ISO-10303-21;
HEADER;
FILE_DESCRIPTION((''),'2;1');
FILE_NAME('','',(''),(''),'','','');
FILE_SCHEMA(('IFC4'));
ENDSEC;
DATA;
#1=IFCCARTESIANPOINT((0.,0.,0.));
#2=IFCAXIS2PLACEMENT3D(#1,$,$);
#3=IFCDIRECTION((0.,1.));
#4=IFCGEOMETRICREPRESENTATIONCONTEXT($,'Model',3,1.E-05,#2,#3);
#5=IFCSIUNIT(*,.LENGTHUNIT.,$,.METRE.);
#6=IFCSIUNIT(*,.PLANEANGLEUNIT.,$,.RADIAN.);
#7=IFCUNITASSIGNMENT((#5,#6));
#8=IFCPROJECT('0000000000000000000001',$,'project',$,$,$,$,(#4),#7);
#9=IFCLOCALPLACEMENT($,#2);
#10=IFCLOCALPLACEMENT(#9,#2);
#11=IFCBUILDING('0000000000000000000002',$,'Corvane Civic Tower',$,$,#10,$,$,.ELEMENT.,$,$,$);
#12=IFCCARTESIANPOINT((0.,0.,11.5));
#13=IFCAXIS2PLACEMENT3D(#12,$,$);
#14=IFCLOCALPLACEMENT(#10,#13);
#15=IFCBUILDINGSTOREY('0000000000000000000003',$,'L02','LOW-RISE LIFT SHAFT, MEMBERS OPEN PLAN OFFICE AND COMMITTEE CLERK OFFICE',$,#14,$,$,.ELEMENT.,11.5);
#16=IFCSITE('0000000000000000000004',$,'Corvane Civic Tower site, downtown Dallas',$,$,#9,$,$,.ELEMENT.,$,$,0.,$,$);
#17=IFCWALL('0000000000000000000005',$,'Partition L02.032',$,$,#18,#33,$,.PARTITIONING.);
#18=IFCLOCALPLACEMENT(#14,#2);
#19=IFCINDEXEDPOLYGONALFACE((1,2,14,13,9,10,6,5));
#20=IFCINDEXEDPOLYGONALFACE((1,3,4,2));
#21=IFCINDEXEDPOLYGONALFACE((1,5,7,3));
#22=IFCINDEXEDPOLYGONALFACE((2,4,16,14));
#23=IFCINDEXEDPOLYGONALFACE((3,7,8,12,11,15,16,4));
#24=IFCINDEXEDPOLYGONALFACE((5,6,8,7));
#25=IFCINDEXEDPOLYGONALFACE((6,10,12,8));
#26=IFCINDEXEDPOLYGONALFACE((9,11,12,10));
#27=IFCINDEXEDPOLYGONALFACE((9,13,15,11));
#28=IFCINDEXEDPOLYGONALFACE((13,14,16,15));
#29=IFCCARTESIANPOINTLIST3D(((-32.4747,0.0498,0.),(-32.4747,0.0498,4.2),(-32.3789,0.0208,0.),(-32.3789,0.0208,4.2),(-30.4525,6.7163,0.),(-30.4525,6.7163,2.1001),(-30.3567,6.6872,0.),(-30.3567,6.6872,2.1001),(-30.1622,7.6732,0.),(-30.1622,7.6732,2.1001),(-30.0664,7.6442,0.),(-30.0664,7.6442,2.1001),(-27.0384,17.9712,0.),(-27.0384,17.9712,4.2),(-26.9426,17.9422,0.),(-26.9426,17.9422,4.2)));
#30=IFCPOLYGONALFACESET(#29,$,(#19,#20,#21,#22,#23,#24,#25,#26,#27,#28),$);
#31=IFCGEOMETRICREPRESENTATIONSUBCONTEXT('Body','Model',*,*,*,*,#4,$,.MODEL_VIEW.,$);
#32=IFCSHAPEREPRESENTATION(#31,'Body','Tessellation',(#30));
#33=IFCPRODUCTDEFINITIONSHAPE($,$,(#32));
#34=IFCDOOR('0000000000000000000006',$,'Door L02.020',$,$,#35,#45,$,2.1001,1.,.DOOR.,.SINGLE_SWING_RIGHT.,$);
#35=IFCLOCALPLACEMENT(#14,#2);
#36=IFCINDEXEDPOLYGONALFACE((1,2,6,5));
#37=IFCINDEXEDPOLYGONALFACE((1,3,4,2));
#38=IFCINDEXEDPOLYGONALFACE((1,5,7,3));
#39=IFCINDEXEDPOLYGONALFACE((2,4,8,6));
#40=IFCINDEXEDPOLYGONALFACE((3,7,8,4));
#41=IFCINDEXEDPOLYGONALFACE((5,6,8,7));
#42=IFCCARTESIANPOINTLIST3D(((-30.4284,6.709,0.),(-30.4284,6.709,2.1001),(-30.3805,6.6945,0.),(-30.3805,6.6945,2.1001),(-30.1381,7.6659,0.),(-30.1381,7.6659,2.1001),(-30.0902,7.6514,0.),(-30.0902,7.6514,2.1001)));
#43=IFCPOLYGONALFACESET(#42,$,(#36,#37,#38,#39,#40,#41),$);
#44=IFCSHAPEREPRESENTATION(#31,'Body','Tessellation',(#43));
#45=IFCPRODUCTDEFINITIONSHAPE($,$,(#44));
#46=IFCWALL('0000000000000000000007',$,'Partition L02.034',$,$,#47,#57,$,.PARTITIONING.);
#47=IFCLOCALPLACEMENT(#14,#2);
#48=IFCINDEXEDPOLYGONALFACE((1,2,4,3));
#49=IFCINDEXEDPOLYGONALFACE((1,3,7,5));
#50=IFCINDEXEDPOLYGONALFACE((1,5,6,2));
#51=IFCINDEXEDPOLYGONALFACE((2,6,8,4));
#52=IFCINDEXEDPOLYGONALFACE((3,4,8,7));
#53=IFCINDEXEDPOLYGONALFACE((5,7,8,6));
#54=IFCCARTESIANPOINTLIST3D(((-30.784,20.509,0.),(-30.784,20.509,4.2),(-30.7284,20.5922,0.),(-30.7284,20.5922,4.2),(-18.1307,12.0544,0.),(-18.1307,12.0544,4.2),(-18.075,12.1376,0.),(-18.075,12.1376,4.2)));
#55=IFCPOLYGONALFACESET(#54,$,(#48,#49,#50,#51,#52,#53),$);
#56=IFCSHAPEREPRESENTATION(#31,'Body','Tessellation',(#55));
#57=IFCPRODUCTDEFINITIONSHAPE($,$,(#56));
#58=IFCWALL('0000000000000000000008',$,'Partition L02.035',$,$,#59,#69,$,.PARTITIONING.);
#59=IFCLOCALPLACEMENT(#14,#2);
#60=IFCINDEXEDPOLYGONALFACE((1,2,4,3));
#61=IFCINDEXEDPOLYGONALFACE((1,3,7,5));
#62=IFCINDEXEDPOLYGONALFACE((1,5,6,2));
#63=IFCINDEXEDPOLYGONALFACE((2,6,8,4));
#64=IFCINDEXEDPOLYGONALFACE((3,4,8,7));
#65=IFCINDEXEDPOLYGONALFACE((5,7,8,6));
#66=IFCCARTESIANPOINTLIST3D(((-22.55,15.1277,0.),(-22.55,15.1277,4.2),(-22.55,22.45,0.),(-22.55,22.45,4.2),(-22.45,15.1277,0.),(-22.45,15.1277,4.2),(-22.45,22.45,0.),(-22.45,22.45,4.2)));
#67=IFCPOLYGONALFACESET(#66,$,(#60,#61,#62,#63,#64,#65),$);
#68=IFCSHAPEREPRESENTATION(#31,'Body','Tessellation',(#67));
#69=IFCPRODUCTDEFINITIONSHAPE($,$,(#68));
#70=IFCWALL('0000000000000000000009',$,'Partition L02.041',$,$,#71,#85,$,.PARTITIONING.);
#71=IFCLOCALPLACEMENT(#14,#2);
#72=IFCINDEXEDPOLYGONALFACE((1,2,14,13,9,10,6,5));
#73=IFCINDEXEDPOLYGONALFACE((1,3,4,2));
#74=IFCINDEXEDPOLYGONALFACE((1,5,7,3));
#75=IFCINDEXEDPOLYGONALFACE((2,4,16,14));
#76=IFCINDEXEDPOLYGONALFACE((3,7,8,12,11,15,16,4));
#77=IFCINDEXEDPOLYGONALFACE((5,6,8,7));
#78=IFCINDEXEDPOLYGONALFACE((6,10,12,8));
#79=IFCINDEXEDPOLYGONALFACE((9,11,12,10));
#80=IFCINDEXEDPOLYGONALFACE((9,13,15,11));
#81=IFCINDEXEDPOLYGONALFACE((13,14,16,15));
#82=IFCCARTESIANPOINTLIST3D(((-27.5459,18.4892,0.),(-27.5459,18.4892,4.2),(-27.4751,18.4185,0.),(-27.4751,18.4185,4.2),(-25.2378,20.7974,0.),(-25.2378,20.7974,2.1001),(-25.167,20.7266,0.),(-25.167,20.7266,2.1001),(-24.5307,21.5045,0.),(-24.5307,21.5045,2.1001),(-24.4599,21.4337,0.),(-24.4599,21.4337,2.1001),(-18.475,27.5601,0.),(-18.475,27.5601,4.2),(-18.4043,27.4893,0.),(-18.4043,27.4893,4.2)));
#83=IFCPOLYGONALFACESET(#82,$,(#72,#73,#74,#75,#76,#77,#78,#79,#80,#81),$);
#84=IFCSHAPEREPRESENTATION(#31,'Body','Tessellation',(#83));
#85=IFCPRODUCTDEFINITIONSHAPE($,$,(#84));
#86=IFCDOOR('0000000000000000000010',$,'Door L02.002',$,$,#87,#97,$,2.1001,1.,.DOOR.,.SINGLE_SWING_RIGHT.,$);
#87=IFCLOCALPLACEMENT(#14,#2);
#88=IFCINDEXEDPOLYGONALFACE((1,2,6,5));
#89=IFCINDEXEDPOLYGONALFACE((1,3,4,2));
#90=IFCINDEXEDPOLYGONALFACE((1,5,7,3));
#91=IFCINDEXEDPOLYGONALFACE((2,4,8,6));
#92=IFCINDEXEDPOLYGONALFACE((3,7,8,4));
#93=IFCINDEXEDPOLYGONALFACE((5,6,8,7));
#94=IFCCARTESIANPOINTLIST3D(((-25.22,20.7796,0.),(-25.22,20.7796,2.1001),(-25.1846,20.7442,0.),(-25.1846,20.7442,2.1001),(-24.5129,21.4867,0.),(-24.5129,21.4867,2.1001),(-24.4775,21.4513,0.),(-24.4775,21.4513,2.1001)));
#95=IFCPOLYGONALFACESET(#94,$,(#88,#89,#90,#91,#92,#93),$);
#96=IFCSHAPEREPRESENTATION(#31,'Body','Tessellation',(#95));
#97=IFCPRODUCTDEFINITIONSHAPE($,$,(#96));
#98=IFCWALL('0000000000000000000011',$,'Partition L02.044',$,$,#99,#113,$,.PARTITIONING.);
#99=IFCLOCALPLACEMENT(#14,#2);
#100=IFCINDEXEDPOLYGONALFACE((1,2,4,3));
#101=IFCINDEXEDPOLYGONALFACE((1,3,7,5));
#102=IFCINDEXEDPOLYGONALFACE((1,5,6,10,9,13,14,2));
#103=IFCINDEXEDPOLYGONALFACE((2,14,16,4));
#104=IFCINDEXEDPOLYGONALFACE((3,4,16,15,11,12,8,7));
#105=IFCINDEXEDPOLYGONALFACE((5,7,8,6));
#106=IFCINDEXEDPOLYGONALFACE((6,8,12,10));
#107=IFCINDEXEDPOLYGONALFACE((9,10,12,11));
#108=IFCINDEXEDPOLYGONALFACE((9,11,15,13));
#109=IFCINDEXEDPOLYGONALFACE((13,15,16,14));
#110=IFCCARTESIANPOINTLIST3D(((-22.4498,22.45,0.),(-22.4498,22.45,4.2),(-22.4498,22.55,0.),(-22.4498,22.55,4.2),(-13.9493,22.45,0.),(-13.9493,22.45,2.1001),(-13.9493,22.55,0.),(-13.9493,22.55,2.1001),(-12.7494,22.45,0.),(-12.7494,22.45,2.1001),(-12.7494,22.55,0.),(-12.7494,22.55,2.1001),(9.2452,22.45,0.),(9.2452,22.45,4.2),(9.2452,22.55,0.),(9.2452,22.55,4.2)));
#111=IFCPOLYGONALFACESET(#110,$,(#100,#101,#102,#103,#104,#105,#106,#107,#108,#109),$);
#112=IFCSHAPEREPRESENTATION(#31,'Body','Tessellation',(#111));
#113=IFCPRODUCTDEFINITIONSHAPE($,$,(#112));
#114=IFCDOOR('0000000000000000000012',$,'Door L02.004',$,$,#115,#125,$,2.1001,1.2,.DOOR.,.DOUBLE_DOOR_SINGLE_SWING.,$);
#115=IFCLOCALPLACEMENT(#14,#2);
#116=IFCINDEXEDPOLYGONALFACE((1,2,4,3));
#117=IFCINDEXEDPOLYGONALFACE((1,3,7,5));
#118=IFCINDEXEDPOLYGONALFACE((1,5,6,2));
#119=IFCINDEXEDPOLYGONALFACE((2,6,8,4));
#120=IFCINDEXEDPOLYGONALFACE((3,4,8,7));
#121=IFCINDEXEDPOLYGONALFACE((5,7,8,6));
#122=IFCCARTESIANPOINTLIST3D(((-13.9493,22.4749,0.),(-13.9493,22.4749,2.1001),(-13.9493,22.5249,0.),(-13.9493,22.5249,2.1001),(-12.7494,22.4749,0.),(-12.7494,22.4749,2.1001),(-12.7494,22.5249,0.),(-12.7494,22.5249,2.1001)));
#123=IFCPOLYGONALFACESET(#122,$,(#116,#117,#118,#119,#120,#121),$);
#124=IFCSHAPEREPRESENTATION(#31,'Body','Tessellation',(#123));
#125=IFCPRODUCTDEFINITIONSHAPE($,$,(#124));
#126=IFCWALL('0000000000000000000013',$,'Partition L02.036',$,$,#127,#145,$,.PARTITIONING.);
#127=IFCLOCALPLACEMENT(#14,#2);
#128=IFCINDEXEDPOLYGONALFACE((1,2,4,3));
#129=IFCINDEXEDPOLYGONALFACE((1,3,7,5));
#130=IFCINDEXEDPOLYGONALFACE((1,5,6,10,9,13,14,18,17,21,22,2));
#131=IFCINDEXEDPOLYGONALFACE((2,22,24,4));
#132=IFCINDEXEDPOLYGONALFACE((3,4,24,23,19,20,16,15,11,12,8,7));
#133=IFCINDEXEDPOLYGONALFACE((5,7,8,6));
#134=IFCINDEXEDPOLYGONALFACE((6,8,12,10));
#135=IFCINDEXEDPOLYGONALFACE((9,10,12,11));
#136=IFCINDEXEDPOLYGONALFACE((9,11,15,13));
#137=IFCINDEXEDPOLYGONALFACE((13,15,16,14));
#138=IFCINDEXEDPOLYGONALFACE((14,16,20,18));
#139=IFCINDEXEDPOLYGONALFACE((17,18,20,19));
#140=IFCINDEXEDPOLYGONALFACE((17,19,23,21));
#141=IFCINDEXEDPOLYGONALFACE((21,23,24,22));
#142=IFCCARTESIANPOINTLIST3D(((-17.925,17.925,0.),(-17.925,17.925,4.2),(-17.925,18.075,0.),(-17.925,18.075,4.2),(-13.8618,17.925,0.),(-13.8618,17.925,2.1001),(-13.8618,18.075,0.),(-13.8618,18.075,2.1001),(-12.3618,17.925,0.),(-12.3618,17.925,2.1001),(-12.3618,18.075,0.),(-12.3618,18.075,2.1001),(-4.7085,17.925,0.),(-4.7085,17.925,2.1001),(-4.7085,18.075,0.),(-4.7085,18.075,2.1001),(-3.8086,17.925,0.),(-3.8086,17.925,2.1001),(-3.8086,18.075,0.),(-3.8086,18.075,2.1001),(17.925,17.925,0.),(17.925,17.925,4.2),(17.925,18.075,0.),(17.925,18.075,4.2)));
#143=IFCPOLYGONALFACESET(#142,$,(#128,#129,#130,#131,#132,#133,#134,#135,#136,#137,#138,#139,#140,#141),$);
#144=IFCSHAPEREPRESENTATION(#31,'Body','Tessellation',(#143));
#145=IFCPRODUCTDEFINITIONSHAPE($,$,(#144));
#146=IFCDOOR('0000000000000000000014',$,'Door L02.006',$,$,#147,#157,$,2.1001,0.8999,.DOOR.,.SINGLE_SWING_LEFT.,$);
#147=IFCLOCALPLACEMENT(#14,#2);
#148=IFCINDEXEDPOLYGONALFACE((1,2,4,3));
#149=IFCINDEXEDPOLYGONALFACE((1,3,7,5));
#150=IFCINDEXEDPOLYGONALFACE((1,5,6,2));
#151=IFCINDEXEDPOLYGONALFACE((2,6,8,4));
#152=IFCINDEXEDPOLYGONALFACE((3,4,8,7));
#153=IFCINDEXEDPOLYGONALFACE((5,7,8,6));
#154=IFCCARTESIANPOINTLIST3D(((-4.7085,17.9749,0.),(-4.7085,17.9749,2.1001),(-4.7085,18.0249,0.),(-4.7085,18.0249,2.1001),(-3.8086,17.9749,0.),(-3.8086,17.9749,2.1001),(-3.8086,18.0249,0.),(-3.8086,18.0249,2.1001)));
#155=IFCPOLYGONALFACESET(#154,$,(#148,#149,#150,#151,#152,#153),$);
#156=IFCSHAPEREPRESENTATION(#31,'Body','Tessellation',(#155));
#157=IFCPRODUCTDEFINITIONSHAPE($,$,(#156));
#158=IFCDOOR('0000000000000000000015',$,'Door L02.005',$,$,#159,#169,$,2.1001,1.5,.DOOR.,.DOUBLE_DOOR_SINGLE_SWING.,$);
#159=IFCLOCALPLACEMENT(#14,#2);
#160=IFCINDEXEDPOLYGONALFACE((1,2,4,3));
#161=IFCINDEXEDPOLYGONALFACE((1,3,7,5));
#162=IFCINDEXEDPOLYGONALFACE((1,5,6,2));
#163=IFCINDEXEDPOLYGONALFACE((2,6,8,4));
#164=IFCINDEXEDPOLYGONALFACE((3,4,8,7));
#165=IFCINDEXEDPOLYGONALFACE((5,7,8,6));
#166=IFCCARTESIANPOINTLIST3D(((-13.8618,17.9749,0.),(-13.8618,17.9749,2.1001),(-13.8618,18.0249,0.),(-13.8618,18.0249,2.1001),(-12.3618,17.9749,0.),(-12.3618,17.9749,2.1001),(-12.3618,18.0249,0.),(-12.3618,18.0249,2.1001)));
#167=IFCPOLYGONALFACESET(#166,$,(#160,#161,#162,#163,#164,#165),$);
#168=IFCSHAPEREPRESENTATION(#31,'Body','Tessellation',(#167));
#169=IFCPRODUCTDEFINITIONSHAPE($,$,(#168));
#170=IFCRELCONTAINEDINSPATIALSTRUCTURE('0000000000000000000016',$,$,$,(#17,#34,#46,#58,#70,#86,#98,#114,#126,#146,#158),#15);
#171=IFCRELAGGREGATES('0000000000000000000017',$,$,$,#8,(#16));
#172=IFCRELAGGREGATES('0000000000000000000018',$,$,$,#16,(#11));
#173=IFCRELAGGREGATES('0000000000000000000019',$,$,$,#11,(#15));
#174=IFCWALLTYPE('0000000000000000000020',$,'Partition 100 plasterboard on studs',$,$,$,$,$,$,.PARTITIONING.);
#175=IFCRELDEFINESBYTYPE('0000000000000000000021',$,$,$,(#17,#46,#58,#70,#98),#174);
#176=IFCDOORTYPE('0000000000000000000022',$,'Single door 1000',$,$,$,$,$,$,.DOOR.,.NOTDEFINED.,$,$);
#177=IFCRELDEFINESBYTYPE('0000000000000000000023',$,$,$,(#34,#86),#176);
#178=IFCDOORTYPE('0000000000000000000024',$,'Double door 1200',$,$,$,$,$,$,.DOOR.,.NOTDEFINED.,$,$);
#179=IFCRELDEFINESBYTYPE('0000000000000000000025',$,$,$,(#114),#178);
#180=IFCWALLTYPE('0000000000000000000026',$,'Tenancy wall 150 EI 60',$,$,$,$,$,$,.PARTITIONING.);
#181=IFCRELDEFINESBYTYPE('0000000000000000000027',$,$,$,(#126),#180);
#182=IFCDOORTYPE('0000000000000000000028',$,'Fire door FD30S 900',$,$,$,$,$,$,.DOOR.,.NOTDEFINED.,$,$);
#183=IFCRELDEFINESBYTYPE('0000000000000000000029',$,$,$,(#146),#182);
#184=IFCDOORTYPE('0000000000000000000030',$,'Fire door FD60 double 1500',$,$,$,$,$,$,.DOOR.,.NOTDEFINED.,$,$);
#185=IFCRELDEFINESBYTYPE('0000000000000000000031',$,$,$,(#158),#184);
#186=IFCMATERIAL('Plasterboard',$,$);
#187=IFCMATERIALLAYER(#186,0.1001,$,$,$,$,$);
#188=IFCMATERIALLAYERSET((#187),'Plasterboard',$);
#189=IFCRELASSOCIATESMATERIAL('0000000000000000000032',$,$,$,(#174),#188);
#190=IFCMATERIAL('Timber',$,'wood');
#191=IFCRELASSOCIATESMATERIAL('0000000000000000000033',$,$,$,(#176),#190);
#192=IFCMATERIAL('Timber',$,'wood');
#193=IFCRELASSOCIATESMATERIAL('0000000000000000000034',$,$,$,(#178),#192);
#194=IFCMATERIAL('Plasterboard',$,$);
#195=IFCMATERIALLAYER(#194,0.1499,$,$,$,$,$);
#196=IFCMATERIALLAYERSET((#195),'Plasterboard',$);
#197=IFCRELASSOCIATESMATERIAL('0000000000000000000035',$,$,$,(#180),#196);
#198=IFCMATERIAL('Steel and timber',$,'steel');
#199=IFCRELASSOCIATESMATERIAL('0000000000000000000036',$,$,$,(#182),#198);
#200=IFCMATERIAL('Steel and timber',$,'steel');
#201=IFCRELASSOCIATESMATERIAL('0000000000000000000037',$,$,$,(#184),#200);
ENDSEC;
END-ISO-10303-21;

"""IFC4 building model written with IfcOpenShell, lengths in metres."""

from ifc_helpers import new_model, si_unit, direction, frame, frame_2d, origin, place, context, subcontext, project, spatial, rectangle, extrude, material, layer, layer_set, type_object, element, fill, save


model = new_model("IFC4")

# Units and contexts
model_context = context("Model", 3, precision=1e-05, world=origin(), true_north=direction((0.0, 1.0)))
body_context = subcontext(model_context, "Body", "Model", "MODEL_VIEW")
ifc_project = project(units=[si_unit("LENGTHUNIT", "METRE"), si_unit("PLANEANGLEUNIT", "RADIAN")], contexts=[model_context])

# Site, building, storey
site_placement = place(None, origin())
site = spatial("IfcSite", under=ifc_project, at=site_placement, Name="Corvane Civic Tower site, downtown Dallas", CompositionType="ELEMENT", RefElevation=0.0)
building_placement = place(site_placement, origin())
building = spatial("IfcBuilding", under=site, at=building_placement, Name="Corvane Civic Tower", CompositionType="ELEMENT")
storey_placement = place(building_placement, frame((0.0, 0.0, 11.5)))
storey = spatial("IfcBuildingStorey", under=building, at=storey_placement, Name="L02", Description="LOW-RISE LIFT SHAFT, MEMBERS OPEN PLAN OFFICE AND COMMITTEE CLERK OFFICE", CompositionType="ELEMENT", Elevation=11.5)

# Wall, opening, door
ifc_material_1 = material(Name="Plasterboard")
ifc_layer_1 = layer(ifc_material_1, 0.1001)
ifc_layer_set_1 = layer_set([ifc_layer_1], Name="Plasterboard")
wall_type_1 = type_object("IfcWallType", Name="Partition 100 plasterboard on studs", PredefinedType="PARTITIONING", material=ifc_layer_set_1)
wall_1_placement = place(storey_placement, frame((-32.4268, 0.0354, 0.0), z_axis=(0.0, 0.0, 1.0), x_axis=(0.290279, 0.956942, 0.0)))
wall_1 = element("IfcWall", 1, at=wall_1_placement, inside=storey, type_object=wall_type_1, Name="Partition L02.032", PredefinedType="PARTITIONING", context=body_context, shape_type="SweptSolid", body=[
    extrude(rectangle(XDim=18.7278, YDim=0.1001, at=frame_2d((9.3638, 0.0))), origin(), (0.0, 0.0, 1.0), 4.2),
])
opening_1_placement = place(wall_1_placement, frame((6.9663, 0.0, 0.0)))
opening_1 = element("IfcOpeningElement", 2, at=opening_1_placement, cuts=wall_1, PredefinedType="OPENING", context=body_context, shape_type="SweptSolid", body=[
    extrude(rectangle(XDim=1.0, YDim=2.1001, at=frame_2d((0.5, 1.05))), frame((0.0, 0.0601, 0.0), z_axis=(0.0, -1.0, 0.0), x_axis=(1.0, 0.0, 0.0)), (0.0, 0.0, 1.0), 0.1201),
])
ifc_material_2 = material(Name="Timber", Category="wood")
door_type_1 = type_object("IfcDoorType", Name="Single door 1000", OperationType="NOTDEFINED", PredefinedType="DOOR", material=ifc_material_2)
door_1_placement = place(opening_1_placement, origin())
door_1 = element("IfcDoor", 3, at=door_1_placement, inside=storey, type_object=door_type_1, Name="Door L02.020", OperationType="SINGLE_SWING_RIGHT", OverallHeight=2.1001, OverallWidth=1.0, PredefinedType="DOOR", context=body_context, shape_type="SweptSolid", body=[
    extrude(rectangle(XDim=1.0, YDim=2.1001, at=frame_2d((0.5, 1.05))), frame((0.0, 0.0249, 0.0), z_axis=(0.0, -1.0, 0.0), x_axis=(1.0, 0.0, 0.0)), (0.0, 0.0, 1.0), 0.05),
])
fill(opening_1, door_1)

# Walls
wall_2_placement = place(storey_placement, frame((-30.7561, 20.5505, 0.0), z_axis=(0.0, 0.0, 1.0), x_axis=(0.831472, -0.555566, 0.0)))
element("IfcWall", 4, at=wall_2_placement, inside=storey, type_object=wall_type_1, Name="Partition L02.034", PredefinedType="PARTITIONING", context=body_context, shape_type="SweptSolid", body=[
    extrude(rectangle(XDim=15.218, YDim=0.1001, at=frame_2d((7.6089, 0.0))), origin(), (0.0, 0.0, 1.0), 4.2),
])
wall_3_placement = place(storey_placement, frame((-22.5, 15.1277, 0.0), z_axis=(0.0, 0.0, 1.0), x_axis=(0.0, 1.0, 0.0)))
element("IfcWall", 5, at=wall_3_placement, inside=storey, type_object=wall_type_1, Name="Partition L02.035", PredefinedType="PARTITIONING", context=body_context, shape_type="SweptSolid", body=[
    extrude(rectangle(XDim=7.3223, YDim=0.1001, at=frame_2d((3.6611, 0.0))), origin(), (0.0, 0.0, 1.0), 4.2),
])

# Walls, openings, doors
wall_4_placement = place(storey_placement, frame((-27.5105, 18.4539, 0.0), z_axis=(0.0, 0.0, 1.0), x_axis=(0.707107, 0.707107, 0.0)))
wall_4 = element("IfcWall", 6, at=wall_4_placement, inside=storey, type_object=wall_type_1, Name="Partition L02.041", PredefinedType="PARTITIONING", context=body_context, shape_type="SweptSolid", body=[
    extrude(rectangle(XDim=12.8281, YDim=0.1001, at=frame_2d((6.4141, 0.0))), origin(), (0.0, 0.0, 1.0), 4.2),
])
opening_2_placement = place(wall_4_placement, frame((3.2642, 0.0, 0.0)))
opening_2 = element("IfcOpeningElement", 7, at=opening_2_placement, cuts=wall_4, PredefinedType="OPENING", context=body_context, shape_type="SweptSolid", body=[
    extrude(rectangle(XDim=1.0, YDim=2.1001, at=frame_2d((0.5, 1.05))), frame((0.0, 0.0601, 0.0), z_axis=(0.0, -1.0, 0.0), x_axis=(1.0, 0.0, 0.0)), (0.0, 0.0, 1.0), 0.1201),
])
door_2_placement = place(opening_2_placement, origin())
door_2 = element("IfcDoor", 8, at=door_2_placement, inside=storey, type_object=door_type_1, Name="Door L02.002", OperationType="SINGLE_SWING_RIGHT", OverallHeight=2.1001, OverallWidth=1.0, PredefinedType="DOOR", context=body_context, shape_type="SweptSolid", body=[
    extrude(rectangle(XDim=1.0, YDim=2.1001, at=frame_2d((0.5, 1.05))), frame((0.0, 0.0249, 0.0), z_axis=(0.0, -1.0, 0.0), x_axis=(1.0, 0.0, 0.0)), (0.0, 0.0, 1.0), 0.05),
])
fill(opening_2, door_2)
wall_5_placement = place(storey_placement, frame((-22.45, 22.5, 0.0), z_axis=(0.0, 0.0, 1.0), x_axis=(1.0, 0.0, 0.0)))
wall_5 = element("IfcWall", 9, at=wall_5_placement, inside=storey, type_object=wall_type_1, Name="Partition L02.044", PredefinedType="PARTITIONING", context=body_context, shape_type="SweptSolid", body=[
    extrude(rectangle(XDim=31.6951, YDim=0.1001, at=frame_2d((15.8477, 0.0))), origin(), (0.0, 0.0, 1.0), 4.2),
])
opening_3_placement = place(wall_5_placement, frame((8.5005, 0.0, 0.0)))
opening_3 = element("IfcOpeningElement", 10, at=opening_3_placement, cuts=wall_5, PredefinedType="OPENING", context=body_context, shape_type="SweptSolid", body=[
    extrude(rectangle(XDim=1.2, YDim=2.1001, at=frame_2d((0.6001, 1.05))), frame((0.0, 0.0601, 0.0), z_axis=(0.0, -1.0, 0.0), x_axis=(1.0, 0.0, 0.0)), (0.0, 0.0, 1.0), 0.1201),
])
ifc_material_3 = material(Name="Timber", Category="wood")
door_type_2 = type_object("IfcDoorType", Name="Double door 1200", OperationType="NOTDEFINED", PredefinedType="DOOR", material=ifc_material_3)
door_3_placement = place(opening_3_placement, origin())
door_3 = element("IfcDoor", 11, at=door_3_placement, inside=storey, type_object=door_type_2, Name="Door L02.004", OperationType="DOUBLE_DOOR_SINGLE_SWING", OverallHeight=2.1001, OverallWidth=1.2, PredefinedType="DOOR", context=body_context, shape_type="SweptSolid", body=[
    extrude(rectangle(XDim=1.2, YDim=2.1001, at=frame_2d((0.6001, 1.05))), frame((0.0, 0.0249, 0.0), z_axis=(0.0, -1.0, 0.0), x_axis=(1.0, 0.0, 0.0)), (0.0, 0.0, 1.0), 0.05),
])
fill(opening_3, door_3)

# Wall, openings, doors
ifc_material_4 = material(Name="Plasterboard")
ifc_layer_2 = layer(ifc_material_4, 0.1499)
ifc_layer_set_2 = layer_set([ifc_layer_2], Name="Plasterboard")
wall_type_2 = type_object("IfcWallType", Name="Tenancy wall 150 EI 60", PredefinedType="PARTITIONING", material=ifc_layer_set_2)
wall_6_placement = place(storey_placement, frame((-17.925, 18.0, 0.0), z_axis=(0.0, 0.0, 1.0), x_axis=(1.0, 0.0, 0.0)))
wall_6 = element("IfcWall", 12, at=wall_6_placement, inside=storey, type_object=wall_type_2, Name="Partition L02.036", PredefinedType="PARTITIONING", context=body_context, shape_type="SweptSolid", body=[
    extrude(rectangle(XDim=35.8501, YDim=0.1499, at=frame_2d((17.925, 0.0))), origin(), (0.0, 0.0, 1.0), 4.2),
])
opening_4_placement = place(wall_6_placement, frame((4.0632, 0.0, 0.0)))
opening_4 = element("IfcOpeningElement", 13, at=opening_4_placement, cuts=wall_6, PredefinedType="OPENING", context=body_context, shape_type="SweptSolid", body=[
    extrude(rectangle(XDim=1.5, YDim=2.1001, at=frame_2d((0.75, 1.05))), frame((0.0, 0.085, 0.0), z_axis=(0.0, -1.0, 0.0), x_axis=(1.0, 0.0, 0.0)), (0.0, 0.0, 1.0), 0.1699),
])
opening_5_placement = place(wall_6_placement, frame((13.2166, 0.0, 0.0)))
opening_5 = element("IfcOpeningElement", 14, at=opening_5_placement, cuts=wall_6, PredefinedType="OPENING", context=body_context, shape_type="SweptSolid", body=[
    extrude(rectangle(XDim=0.8999, YDim=2.1001, at=frame_2d((0.45, 1.05))), frame((0.0, 0.085, 0.0), z_axis=(0.0, -1.0, 0.0), x_axis=(1.0, 0.0, 0.0)), (0.0, 0.0, 1.0), 0.1699),
])
ifc_material_5 = material(Name="Steel and timber", Category="steel")
door_type_3 = type_object("IfcDoorType", Name="Fire door FD30S 900", OperationType="NOTDEFINED", PredefinedType="DOOR", material=ifc_material_5)
door_4_placement = place(opening_5_placement, origin())
door_4 = element("IfcDoor", 15, at=door_4_placement, inside=storey, type_object=door_type_3, Name="Door L02.006", OperationType="SINGLE_SWING_LEFT", OverallHeight=2.1001, OverallWidth=0.8999, PredefinedType="DOOR", context=body_context, shape_type="SweptSolid", body=[
    extrude(rectangle(XDim=0.8999, YDim=2.1001, at=frame_2d((0.45, 1.05))), frame((0.0, 0.0249, 0.0), z_axis=(0.0, -1.0, 0.0), x_axis=(1.0, 0.0, 0.0)), (0.0, 0.0, 1.0), 0.05),
])
fill(opening_5, door_4)
ifc_material_6 = material(Name="Steel and timber", Category="steel")
door_type_4 = type_object("IfcDoorType", Name="Fire door FD60 double 1500", OperationType="NOTDEFINED", PredefinedType="DOOR", material=ifc_material_6)
door_5_placement = place(opening_4_placement, origin())
door_5 = element("IfcDoor", 16, at=door_5_placement, inside=storey, type_object=door_type_4, Name="Door L02.005", OperationType="DOUBLE_DOOR_SINGLE_SWING", OverallHeight=2.1001, OverallWidth=1.5, PredefinedType="DOOR", context=body_context, shape_type="SweptSolid", body=[
    extrude(rectangle(XDim=1.5, YDim=2.1001, at=frame_2d((0.75, 1.05))), frame((0.0, 0.0249, 0.0), z_axis=(0.0, -1.0, 0.0), x_axis=(1.0, 0.0, 0.0)), (0.0, 0.0, 1.0), 0.05),
])
fill(opening_4, door_5)

save(model, "model.ifc")
